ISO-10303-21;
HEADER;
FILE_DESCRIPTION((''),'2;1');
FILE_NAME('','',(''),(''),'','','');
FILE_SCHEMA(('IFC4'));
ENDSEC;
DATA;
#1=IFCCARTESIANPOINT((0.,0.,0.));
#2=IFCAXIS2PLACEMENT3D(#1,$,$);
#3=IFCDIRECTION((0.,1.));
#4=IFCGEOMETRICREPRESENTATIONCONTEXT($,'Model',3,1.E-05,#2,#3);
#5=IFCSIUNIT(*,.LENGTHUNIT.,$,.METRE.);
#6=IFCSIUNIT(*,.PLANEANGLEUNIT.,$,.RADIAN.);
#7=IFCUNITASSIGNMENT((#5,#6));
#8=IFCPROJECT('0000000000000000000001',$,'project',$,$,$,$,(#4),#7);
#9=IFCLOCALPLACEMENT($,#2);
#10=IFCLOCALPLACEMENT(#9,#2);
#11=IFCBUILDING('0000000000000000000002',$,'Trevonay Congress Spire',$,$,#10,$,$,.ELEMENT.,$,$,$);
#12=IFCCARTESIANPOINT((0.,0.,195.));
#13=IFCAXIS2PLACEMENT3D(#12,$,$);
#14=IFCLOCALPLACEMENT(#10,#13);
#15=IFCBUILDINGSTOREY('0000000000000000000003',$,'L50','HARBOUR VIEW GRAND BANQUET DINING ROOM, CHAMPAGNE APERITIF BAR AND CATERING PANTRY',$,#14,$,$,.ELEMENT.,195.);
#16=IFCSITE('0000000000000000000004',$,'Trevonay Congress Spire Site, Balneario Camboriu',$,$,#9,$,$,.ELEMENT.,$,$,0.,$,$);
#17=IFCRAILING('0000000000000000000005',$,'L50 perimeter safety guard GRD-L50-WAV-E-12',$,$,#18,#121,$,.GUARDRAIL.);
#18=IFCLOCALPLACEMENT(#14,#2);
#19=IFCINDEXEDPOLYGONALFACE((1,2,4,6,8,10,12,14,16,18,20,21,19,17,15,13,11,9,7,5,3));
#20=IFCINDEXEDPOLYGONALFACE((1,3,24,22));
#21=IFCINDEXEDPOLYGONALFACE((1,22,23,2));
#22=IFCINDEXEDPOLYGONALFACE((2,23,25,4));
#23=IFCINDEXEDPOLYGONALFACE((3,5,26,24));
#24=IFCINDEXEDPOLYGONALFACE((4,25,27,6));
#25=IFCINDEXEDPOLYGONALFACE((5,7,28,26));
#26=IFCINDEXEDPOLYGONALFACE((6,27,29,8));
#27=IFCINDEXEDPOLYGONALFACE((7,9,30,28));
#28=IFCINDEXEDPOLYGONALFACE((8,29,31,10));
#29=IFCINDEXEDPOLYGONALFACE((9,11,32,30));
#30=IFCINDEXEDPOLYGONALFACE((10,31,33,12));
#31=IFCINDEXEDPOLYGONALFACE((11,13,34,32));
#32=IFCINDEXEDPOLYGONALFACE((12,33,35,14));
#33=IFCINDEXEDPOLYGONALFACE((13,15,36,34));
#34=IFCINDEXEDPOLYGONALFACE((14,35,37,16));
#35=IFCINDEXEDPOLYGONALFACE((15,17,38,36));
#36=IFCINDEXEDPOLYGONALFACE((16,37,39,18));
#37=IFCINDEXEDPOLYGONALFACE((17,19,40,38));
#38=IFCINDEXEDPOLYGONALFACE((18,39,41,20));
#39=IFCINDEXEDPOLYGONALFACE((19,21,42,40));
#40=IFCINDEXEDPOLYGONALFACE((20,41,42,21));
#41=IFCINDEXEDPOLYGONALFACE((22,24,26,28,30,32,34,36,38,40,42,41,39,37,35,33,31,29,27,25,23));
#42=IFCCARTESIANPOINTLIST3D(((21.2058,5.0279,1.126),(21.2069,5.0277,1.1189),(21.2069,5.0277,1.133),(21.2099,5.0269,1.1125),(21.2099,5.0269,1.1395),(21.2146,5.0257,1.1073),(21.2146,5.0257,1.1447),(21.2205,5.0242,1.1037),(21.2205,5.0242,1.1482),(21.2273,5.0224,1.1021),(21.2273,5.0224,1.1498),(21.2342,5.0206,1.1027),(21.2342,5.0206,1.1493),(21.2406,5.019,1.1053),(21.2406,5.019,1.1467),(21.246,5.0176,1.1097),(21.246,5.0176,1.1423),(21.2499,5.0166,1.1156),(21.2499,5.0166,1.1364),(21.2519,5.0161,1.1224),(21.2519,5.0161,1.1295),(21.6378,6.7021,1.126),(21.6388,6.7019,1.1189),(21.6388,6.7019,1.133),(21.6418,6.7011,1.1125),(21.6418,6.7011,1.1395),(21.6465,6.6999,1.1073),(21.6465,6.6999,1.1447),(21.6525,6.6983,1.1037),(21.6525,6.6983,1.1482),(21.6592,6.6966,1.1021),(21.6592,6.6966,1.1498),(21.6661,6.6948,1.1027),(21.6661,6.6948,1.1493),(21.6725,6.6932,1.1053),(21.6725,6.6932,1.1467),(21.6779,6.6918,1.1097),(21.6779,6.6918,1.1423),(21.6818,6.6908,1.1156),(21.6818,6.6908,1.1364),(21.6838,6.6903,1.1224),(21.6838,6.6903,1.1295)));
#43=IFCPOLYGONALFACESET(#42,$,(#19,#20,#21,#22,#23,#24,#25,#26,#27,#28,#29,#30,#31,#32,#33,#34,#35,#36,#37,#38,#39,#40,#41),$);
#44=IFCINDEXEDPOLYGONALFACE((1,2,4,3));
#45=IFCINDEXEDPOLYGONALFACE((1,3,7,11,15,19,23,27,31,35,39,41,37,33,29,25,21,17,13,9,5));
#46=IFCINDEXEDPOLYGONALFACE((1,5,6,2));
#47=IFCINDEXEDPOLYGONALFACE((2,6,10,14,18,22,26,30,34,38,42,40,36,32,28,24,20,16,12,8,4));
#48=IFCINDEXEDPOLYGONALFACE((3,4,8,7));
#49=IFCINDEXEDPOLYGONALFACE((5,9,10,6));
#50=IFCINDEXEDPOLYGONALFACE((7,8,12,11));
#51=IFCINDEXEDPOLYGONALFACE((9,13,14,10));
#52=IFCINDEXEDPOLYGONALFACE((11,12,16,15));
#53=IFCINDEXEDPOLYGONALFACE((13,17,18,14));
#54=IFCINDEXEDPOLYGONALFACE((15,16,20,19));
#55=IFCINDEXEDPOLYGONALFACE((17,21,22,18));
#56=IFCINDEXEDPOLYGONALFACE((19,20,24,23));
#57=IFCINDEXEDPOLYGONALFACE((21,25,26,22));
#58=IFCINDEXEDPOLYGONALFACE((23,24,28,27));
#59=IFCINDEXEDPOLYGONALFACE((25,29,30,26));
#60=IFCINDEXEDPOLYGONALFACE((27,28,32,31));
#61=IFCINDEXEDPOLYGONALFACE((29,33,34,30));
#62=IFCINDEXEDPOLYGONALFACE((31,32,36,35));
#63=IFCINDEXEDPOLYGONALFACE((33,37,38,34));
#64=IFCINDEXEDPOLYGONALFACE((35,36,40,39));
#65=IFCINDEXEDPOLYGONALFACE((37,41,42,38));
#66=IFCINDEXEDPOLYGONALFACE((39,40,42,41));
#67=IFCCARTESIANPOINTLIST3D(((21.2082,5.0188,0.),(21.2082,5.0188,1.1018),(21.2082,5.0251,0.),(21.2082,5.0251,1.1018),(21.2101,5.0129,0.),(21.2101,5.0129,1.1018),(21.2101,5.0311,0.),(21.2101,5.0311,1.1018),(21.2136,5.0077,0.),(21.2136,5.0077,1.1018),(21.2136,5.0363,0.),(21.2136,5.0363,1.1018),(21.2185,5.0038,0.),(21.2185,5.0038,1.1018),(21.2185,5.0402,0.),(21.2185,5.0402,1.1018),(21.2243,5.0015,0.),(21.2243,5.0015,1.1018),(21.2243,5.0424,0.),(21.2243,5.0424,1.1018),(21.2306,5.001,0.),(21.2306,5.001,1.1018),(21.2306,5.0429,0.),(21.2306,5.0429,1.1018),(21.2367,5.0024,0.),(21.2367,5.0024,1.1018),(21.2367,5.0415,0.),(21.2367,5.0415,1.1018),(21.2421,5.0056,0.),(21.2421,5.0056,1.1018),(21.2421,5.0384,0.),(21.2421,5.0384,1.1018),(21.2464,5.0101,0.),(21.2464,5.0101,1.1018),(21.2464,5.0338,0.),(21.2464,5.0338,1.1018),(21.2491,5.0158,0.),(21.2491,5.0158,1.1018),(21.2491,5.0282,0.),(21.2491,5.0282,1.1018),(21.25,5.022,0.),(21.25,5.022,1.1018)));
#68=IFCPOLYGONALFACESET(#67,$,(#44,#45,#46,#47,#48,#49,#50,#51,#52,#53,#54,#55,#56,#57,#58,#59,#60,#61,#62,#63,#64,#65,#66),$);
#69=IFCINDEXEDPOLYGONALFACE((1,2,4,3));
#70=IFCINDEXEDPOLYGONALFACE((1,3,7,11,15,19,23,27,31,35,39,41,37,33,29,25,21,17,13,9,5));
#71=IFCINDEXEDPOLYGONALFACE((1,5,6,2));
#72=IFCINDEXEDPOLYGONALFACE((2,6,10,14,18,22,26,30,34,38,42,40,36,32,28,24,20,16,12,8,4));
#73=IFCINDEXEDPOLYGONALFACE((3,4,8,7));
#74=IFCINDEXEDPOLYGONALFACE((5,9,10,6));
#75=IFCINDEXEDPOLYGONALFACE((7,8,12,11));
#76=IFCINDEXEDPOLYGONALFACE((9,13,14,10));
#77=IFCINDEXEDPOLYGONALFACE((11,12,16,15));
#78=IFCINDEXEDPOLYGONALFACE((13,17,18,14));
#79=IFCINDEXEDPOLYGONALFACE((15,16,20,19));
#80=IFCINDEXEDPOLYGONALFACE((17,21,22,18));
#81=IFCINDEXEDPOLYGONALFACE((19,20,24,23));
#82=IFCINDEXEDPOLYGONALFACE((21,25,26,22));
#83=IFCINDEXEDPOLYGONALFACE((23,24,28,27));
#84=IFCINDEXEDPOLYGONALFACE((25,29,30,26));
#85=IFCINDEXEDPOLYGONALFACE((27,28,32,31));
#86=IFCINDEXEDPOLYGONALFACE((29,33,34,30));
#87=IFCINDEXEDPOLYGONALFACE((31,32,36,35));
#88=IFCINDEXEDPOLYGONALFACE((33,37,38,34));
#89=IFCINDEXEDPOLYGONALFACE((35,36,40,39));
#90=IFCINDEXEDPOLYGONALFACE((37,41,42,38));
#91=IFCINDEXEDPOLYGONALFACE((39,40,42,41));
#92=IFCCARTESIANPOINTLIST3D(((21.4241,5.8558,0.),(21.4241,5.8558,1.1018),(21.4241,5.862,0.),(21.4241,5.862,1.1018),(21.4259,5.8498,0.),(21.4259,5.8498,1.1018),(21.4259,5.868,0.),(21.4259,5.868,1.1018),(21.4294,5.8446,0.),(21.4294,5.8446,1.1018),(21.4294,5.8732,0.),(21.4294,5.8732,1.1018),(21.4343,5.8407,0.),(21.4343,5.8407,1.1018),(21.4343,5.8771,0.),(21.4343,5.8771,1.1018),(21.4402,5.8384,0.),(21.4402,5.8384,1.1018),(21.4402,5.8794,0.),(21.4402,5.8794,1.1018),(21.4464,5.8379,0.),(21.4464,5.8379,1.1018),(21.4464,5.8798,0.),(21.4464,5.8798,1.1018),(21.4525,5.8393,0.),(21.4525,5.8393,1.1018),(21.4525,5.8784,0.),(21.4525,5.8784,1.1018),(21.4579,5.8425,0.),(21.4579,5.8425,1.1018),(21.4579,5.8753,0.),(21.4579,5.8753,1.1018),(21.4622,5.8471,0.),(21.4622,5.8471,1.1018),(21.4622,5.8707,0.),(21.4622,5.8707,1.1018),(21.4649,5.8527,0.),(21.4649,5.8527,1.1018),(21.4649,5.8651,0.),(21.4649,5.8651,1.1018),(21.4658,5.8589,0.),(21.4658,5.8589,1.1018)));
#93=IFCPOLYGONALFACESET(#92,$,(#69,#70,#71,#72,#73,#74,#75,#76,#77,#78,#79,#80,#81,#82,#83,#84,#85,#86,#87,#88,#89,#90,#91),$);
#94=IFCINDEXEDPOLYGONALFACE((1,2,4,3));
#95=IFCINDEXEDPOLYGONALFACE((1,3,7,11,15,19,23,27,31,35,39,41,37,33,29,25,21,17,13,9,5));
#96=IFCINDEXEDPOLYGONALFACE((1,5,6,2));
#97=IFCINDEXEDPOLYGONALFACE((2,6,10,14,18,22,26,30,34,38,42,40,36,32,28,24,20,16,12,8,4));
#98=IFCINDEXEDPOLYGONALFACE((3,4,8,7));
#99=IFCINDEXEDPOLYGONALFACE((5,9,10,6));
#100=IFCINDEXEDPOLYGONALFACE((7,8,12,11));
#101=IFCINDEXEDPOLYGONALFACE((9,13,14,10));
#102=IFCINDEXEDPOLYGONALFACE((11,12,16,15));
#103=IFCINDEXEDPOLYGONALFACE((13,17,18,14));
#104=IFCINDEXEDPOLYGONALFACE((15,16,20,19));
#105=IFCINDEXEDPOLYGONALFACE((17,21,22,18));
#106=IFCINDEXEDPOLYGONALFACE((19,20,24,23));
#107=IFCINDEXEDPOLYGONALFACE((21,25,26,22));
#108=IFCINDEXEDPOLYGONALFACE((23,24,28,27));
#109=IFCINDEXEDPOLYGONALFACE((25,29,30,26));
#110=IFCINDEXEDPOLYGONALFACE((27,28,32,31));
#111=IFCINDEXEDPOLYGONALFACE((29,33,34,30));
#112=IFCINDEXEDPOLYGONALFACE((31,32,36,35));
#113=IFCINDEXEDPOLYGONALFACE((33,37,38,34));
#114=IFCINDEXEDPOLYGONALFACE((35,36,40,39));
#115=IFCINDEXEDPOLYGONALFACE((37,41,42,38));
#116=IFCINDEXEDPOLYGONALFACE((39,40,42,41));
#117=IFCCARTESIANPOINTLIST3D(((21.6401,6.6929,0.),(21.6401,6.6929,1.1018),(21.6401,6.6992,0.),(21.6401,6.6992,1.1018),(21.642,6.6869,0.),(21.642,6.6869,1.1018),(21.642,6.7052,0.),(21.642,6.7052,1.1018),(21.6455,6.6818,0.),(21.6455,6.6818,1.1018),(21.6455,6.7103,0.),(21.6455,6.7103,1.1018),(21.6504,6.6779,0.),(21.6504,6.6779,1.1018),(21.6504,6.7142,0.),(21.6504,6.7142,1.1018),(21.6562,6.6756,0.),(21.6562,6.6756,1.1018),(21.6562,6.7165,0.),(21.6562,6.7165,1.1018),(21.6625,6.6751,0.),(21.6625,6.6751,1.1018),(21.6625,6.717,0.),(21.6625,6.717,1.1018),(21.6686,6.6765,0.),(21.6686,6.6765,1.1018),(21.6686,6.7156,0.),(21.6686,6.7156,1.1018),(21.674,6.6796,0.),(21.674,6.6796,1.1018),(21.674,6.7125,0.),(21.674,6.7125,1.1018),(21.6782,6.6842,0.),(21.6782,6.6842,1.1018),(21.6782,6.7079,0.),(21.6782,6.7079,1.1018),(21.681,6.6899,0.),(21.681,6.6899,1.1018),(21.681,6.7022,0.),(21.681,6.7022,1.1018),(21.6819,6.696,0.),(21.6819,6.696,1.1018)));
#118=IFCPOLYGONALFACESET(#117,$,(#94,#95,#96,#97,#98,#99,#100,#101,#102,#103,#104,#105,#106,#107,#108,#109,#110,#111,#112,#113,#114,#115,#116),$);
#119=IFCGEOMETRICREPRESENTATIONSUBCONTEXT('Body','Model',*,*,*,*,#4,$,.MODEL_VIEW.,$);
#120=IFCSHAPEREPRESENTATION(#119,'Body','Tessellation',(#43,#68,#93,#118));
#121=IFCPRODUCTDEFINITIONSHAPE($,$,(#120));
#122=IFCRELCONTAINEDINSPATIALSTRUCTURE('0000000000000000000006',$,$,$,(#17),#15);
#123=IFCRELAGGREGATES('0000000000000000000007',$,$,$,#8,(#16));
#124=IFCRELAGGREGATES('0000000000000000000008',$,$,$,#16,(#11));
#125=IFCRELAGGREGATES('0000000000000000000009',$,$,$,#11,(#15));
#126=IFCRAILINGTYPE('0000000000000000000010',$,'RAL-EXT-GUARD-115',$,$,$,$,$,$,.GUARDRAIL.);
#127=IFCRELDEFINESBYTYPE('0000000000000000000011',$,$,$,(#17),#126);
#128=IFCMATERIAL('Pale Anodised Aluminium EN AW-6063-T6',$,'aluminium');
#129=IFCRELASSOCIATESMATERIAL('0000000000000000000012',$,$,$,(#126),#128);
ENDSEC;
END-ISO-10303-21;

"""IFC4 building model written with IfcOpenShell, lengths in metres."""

from ifc_helpers import new_model, si_unit, direction, frame, origin, origin_2d, place, context, subcontext, project, spatial, circle, extrude, material, type_object, element, save


model = new_model("IFC4")

# Units and contexts
model_context = context("Model", 3, precision=1e-05, world=origin(), true_north=direction((0.0, 1.0)))
body_context = subcontext(model_context, "Body", "Model", "MODEL_VIEW")
ifc_project = project(units=[si_unit("LENGTHUNIT", "METRE"), si_unit("PLANEANGLEUNIT", "RADIAN")], contexts=[model_context])

# Site, building, storey
site_placement = place(None, origin())
site = spatial("IfcSite", under=ifc_project, at=site_placement, Name="Trevonay Congress Spire Site, Balneario Camboriu", CompositionType="ELEMENT", RefElevation=0.0)
building_placement = place(site_placement, origin())
building = spatial("IfcBuilding", under=site, at=building_placement, Name="Trevonay Congress Spire", CompositionType="ELEMENT")
storey_placement = place(building_placement, frame((0.0, 0.0, 195.0)))
storey = spatial("IfcBuildingStorey", under=building, at=storey_placement, Name="L50", Description="HARBOUR VIEW GRAND BANQUET DINING ROOM, CHAMPAGNE APERITIF BAR AND CATERING PANTRY", CompositionType="ELEMENT", Elevation=195.0)

# Shared definitions
ifc_material_1 = material(Name="Pale Anodised Aluminium EN AW-6063-T6", Category="aluminium")

# Railing
railing_type = type_object("IfcRailingType", Name="RAL-EXT-GUARD-115", PredefinedType="GUARDRAIL", material=ifc_material_1)
railing_1_placement = place(storey_placement, frame((21.229, 5.022, 0.0)))
element("IfcRailing", 1, at=railing_1_placement, inside=storey, type_object=railing_type, Name="L50 perimeter safety guard GRD-L50-WAV-E-12", PredefinedType="GUARDRAIL", context=body_context, shape_type="SweptSolid", body=[
    extrude(circle(Radius=0.0239, at=origin_2d()), frame((0.0, 0.0, 1.126), z_axis=(0.249805, 0.968296, 0.0), x_axis=(-0.968296, 0.249805, 0.0)), (0.0, 0.0, 1.0), 1.729),
    extrude(circle(Radius=0.021, at=origin_2d()), origin(), (0.0, 0.0, 1.0), 1.1018),
    extrude(circle(Radius=0.021, at=origin_2d()), frame((0.2158, 0.8369, 0.0)), (0.0, 0.0, 1.0), 1.1018),
    extrude(circle(Radius=0.021, at=origin_2d()), frame((0.4319, 1.6741, 0.0)), (0.0, 0.0, 1.0), 1.1018),
])

save(model, "model.ifc")
